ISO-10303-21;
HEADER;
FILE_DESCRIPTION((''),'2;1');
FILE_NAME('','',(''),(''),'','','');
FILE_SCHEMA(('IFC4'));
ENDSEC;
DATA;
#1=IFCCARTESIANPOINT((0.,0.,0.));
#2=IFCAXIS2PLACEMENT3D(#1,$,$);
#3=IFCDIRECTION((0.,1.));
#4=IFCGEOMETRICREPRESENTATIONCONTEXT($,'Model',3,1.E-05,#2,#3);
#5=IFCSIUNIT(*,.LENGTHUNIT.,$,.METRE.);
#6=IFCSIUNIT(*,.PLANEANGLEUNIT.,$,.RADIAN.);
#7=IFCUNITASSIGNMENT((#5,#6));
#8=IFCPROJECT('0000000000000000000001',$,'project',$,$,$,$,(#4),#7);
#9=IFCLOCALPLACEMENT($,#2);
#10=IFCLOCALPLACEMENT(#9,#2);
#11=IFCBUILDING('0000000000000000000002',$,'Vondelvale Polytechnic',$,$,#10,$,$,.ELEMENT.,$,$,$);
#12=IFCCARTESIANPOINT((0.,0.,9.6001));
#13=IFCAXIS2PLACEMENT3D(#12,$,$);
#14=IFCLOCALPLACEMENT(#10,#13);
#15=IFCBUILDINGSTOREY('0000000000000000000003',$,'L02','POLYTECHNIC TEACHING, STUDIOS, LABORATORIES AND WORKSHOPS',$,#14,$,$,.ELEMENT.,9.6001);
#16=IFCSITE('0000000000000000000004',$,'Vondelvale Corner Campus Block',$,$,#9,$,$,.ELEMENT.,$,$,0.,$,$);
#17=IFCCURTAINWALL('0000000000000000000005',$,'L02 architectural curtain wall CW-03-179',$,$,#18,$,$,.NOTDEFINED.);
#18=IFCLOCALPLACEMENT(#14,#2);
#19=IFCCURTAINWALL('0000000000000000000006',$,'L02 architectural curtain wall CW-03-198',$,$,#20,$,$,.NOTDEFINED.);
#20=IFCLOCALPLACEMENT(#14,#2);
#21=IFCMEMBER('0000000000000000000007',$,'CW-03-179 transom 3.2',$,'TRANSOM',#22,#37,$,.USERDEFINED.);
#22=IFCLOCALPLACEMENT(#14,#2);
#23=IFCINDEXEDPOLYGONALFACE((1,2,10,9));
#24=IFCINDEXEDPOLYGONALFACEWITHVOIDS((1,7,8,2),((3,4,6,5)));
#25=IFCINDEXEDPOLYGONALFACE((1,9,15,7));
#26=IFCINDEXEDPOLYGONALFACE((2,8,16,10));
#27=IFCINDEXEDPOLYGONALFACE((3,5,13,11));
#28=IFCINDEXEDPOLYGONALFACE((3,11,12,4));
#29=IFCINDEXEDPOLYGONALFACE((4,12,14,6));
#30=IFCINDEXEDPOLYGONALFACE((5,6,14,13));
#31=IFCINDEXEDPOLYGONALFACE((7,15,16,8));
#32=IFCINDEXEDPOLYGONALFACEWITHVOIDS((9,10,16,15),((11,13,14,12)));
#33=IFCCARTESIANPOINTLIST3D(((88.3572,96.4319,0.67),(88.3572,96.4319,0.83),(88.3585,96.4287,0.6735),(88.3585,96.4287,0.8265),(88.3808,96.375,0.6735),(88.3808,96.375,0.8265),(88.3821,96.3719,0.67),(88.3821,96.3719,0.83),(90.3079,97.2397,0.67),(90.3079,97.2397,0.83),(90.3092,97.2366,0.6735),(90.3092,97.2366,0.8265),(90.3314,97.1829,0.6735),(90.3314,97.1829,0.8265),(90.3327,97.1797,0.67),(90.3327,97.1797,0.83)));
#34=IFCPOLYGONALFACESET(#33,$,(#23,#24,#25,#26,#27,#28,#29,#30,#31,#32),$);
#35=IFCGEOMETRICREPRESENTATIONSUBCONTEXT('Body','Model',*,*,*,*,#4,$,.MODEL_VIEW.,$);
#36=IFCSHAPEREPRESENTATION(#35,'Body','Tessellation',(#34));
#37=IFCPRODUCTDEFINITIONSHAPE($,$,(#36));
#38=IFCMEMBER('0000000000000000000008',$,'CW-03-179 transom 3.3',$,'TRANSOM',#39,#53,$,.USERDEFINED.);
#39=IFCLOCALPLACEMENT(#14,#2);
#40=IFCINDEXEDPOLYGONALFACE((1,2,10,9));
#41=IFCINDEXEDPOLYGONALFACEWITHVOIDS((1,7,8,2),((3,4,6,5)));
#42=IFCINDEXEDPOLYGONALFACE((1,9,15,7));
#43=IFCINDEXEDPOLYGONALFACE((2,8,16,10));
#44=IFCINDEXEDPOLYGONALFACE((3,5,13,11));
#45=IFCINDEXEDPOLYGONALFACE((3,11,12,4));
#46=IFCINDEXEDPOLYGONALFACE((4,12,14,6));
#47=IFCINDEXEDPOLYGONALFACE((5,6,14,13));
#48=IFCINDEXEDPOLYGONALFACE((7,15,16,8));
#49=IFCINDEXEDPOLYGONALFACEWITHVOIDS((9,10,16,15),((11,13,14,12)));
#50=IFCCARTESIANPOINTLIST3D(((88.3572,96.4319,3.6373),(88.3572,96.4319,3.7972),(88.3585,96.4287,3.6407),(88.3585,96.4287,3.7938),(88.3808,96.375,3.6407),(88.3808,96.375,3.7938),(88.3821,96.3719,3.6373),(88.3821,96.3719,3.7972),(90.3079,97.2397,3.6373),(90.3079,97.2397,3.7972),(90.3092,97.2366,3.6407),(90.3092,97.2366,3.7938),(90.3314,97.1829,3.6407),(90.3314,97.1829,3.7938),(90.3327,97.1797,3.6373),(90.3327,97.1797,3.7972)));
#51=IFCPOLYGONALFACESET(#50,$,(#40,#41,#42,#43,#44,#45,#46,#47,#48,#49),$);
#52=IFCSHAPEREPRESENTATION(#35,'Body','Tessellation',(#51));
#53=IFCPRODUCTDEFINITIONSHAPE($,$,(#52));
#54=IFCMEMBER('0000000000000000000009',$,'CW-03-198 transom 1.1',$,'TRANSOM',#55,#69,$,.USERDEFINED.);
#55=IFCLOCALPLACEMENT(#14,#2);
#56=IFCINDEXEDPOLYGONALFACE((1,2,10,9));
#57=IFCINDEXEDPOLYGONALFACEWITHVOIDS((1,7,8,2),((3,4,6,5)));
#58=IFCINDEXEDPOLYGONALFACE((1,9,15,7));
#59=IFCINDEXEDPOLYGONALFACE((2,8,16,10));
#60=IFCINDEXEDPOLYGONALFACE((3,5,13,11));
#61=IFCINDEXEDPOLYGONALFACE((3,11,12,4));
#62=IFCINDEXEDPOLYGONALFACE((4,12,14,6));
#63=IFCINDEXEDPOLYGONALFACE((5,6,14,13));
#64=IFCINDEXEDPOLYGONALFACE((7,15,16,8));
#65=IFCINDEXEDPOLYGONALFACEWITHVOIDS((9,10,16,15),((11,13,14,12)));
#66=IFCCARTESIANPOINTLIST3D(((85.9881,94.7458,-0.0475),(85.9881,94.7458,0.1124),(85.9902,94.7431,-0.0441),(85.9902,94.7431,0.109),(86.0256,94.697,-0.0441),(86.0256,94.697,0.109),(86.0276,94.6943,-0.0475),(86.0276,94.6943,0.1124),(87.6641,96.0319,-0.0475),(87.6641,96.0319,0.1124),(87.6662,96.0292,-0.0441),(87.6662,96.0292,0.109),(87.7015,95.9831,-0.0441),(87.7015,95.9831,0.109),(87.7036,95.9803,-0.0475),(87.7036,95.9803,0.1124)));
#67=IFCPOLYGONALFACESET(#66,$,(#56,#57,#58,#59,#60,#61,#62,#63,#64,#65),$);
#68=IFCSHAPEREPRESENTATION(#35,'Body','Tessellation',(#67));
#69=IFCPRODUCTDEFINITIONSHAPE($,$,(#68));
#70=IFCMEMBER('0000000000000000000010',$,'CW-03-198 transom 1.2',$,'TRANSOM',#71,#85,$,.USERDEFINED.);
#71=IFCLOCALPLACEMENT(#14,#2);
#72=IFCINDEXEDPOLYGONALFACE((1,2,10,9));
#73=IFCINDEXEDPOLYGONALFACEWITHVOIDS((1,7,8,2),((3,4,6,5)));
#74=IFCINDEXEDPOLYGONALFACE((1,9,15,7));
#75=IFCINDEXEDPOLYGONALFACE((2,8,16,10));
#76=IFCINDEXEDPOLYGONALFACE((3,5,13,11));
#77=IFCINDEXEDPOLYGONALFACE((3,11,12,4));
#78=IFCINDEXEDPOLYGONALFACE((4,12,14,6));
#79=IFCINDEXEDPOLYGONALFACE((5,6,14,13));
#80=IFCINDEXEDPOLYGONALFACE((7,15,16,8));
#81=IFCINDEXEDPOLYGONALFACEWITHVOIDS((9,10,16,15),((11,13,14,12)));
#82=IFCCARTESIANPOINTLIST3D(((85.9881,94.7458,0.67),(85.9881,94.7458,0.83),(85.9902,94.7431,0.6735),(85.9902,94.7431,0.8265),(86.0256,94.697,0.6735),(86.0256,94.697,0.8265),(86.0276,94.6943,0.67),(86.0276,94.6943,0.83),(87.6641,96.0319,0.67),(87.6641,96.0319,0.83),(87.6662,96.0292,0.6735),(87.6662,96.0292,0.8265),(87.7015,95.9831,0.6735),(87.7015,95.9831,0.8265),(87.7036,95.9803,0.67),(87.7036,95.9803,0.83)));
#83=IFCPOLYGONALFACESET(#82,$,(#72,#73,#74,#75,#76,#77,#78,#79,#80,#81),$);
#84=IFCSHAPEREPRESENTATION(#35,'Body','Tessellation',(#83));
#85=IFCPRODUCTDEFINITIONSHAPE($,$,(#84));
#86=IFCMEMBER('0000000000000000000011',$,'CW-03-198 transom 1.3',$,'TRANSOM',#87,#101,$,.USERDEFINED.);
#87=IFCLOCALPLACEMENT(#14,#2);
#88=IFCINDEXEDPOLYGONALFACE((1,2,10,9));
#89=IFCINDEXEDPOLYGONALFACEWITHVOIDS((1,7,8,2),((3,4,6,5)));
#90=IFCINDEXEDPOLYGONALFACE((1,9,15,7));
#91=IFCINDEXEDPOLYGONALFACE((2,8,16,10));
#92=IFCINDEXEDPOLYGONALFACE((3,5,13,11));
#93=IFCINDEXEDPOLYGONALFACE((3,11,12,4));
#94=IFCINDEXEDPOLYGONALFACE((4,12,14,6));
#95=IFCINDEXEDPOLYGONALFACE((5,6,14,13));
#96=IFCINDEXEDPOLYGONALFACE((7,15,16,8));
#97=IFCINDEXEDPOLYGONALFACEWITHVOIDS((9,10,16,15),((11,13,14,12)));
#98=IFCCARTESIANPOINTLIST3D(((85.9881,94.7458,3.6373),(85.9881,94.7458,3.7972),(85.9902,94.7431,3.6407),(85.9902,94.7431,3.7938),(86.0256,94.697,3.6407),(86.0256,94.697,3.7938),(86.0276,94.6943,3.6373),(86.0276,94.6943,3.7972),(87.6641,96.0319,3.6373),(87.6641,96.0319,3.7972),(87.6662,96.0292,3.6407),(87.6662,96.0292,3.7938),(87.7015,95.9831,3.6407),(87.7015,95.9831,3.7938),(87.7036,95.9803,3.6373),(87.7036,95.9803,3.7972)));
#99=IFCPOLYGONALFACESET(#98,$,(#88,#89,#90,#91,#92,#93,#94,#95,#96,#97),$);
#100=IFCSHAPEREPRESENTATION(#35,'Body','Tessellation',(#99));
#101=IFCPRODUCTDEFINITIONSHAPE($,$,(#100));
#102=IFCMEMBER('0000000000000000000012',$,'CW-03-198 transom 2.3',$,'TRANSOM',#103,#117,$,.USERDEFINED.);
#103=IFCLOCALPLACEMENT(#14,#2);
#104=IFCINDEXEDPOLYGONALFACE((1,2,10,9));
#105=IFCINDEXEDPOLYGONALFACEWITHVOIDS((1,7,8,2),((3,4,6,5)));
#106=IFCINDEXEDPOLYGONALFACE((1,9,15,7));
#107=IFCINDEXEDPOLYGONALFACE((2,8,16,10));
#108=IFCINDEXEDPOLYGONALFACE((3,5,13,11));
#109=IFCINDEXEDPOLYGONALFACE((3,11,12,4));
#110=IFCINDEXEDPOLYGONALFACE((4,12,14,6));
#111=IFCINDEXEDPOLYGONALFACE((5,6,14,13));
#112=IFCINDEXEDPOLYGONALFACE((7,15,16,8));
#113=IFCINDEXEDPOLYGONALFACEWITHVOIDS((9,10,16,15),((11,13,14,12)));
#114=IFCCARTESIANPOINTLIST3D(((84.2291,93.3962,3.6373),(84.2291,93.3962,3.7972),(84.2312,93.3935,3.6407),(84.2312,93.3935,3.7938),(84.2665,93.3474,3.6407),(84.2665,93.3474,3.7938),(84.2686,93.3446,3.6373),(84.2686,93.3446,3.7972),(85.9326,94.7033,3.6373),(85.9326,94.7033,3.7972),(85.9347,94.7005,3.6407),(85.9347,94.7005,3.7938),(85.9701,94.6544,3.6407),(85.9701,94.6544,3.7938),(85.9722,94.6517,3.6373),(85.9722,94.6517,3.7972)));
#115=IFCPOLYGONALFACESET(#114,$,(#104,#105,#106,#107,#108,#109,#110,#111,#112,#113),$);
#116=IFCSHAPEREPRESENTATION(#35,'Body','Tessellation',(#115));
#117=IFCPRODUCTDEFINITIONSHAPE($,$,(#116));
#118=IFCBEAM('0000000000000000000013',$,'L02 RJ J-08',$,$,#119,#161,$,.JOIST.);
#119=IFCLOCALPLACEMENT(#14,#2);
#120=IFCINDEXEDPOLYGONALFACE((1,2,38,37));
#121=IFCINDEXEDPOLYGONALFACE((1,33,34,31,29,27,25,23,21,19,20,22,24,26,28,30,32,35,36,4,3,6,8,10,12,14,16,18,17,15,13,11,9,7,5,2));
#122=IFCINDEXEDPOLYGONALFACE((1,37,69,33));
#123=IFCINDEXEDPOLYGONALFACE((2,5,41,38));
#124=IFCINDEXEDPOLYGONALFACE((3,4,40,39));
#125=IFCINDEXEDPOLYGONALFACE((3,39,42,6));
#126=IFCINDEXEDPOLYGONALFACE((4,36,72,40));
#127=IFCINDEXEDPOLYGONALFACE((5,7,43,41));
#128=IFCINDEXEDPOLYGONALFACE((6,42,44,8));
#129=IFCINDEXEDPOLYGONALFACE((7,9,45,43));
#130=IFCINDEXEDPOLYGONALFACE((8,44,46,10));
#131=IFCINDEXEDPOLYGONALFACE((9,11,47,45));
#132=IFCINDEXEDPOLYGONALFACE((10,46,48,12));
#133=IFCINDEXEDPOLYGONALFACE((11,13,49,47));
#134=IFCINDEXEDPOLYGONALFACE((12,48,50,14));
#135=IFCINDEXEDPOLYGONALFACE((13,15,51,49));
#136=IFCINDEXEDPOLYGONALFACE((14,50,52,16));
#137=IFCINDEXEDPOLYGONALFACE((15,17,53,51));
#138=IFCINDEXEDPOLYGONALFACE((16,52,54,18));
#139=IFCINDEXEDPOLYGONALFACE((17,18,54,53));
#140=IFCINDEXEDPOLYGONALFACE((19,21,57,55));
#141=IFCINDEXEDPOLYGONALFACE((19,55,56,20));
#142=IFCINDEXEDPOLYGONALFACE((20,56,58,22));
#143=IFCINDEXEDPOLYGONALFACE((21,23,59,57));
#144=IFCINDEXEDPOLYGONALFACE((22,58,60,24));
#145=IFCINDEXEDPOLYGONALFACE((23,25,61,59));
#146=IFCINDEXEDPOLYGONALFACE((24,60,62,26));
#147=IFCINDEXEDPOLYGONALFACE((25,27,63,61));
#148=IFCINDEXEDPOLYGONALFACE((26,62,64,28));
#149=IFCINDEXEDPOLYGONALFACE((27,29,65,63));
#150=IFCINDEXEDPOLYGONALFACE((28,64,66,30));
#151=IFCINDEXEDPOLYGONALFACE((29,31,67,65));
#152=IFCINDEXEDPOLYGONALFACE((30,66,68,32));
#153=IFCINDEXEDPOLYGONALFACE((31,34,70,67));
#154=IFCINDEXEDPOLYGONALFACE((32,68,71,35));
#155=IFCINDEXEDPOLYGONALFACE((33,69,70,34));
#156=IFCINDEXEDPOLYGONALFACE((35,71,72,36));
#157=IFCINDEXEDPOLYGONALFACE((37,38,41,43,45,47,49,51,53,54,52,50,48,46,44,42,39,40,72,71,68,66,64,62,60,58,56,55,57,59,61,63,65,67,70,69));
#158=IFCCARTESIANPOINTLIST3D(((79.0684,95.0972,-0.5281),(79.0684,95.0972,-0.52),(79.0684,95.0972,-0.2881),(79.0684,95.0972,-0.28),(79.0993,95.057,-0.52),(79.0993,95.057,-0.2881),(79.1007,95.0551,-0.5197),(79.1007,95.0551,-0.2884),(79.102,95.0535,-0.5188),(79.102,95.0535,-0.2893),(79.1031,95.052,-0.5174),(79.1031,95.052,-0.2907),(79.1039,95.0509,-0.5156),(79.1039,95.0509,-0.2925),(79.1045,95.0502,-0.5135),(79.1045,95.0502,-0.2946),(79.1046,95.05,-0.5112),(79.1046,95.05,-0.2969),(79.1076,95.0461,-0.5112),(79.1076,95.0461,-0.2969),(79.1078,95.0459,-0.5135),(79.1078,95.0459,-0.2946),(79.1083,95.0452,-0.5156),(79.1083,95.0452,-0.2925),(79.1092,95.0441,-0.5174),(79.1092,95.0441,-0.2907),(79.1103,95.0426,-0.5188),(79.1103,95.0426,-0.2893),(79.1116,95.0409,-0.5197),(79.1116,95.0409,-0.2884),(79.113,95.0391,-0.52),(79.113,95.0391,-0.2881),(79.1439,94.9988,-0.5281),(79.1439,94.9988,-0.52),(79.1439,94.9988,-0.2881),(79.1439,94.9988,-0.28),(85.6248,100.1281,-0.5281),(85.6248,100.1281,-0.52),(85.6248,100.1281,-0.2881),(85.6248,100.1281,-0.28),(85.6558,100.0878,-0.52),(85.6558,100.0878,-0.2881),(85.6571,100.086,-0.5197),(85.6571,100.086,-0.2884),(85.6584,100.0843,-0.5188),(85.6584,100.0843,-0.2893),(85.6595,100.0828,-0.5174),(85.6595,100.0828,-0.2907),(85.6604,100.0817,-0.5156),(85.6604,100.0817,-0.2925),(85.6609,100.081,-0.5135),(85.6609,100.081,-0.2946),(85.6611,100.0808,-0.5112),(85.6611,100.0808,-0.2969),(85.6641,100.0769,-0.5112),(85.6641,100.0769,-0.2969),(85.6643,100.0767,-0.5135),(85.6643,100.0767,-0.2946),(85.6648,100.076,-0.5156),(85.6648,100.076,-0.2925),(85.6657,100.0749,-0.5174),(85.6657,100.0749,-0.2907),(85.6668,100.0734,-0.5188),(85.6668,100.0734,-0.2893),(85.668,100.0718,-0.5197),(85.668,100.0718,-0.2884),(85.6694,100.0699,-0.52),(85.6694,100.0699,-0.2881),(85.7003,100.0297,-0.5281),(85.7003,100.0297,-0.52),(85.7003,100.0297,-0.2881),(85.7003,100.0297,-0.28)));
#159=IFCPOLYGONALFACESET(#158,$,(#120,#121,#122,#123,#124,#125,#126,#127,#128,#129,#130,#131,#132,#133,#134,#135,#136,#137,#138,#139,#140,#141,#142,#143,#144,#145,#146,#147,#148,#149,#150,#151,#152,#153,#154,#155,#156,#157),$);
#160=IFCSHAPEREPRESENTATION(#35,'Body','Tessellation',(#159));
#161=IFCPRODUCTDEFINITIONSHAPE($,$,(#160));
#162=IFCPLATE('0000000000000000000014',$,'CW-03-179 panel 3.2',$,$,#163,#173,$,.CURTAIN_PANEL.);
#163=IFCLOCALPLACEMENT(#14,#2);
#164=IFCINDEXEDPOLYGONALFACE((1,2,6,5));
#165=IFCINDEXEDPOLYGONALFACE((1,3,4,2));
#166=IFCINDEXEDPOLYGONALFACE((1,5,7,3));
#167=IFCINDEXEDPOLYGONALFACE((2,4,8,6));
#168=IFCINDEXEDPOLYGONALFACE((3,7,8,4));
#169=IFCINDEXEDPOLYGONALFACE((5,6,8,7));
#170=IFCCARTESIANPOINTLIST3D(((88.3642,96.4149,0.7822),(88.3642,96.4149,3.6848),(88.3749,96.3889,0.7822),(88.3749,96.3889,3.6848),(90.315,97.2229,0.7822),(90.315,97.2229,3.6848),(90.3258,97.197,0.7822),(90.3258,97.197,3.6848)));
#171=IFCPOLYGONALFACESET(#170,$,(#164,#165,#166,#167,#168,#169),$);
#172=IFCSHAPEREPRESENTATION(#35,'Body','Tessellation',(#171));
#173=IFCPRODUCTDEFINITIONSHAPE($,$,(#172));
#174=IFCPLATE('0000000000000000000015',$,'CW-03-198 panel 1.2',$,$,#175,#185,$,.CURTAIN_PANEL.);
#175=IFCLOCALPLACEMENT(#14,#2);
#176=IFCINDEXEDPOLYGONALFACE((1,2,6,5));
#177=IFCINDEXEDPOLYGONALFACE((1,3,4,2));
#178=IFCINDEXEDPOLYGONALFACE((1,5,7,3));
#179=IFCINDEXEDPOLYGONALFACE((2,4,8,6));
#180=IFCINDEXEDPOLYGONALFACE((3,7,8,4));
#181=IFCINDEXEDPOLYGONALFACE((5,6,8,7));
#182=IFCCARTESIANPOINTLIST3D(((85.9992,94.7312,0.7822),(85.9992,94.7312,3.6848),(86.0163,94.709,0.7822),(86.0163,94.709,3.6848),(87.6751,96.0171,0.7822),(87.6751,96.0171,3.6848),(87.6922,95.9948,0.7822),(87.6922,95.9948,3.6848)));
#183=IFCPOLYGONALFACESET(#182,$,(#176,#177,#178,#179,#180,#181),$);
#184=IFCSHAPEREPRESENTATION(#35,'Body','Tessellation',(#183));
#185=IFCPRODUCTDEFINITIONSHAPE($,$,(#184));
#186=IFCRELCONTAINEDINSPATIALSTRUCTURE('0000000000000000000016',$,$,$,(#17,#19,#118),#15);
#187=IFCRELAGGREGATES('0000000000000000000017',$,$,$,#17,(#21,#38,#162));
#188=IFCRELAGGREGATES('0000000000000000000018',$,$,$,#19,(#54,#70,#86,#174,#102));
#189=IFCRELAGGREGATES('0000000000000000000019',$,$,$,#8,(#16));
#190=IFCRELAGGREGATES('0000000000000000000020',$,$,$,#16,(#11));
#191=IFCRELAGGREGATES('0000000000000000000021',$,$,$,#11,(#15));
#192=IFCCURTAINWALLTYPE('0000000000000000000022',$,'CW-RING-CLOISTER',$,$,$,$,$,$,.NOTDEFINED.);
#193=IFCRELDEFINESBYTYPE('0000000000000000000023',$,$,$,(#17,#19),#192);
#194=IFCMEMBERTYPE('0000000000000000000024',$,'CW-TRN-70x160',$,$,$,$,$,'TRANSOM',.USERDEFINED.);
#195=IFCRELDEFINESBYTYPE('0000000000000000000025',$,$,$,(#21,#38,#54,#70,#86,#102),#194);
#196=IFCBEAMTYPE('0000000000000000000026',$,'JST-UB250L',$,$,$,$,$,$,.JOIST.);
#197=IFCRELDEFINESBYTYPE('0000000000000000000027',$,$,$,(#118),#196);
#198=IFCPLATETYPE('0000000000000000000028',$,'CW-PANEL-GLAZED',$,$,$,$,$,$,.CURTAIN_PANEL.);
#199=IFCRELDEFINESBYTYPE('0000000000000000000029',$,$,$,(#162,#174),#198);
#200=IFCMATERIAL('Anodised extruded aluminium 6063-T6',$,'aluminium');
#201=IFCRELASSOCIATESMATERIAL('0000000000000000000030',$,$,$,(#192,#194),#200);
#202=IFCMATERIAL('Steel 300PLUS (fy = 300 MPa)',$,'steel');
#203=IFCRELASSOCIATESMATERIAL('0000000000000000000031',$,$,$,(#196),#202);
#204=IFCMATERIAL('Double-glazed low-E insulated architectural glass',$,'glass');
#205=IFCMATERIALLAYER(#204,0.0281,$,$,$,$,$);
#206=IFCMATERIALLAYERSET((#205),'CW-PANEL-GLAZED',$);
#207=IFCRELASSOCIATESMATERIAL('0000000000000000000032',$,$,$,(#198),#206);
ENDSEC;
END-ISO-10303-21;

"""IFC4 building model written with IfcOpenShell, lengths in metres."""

from ifc_helpers import new_model, si_unit, direction, frame, origin, origin_2d, place, context, subcontext, project, spatial, rectangle, hollow_rectangle, i_section, extrude, material, layer, layer_set, material_profile, profile_set, type_object, element, aggregate, save


model = new_model("IFC4")

# Units and contexts
model_context = context("Model", 3, precision=1e-05, world=origin(), true_north=direction((0.0, 1.0)))
body_context = subcontext(model_context, "Body", "Model", "MODEL_VIEW")
ifc_project = project(units=[si_unit("LENGTHUNIT", "METRE"), si_unit("PLANEANGLEUNIT", "RADIAN")], contexts=[model_context])

# Site, building, storey
site_placement = place(None, origin())
site = spatial("IfcSite", under=ifc_project, at=site_placement, Name="Vondelvale Corner Campus Block", CompositionType="ELEMENT", RefElevation=0.0)
building_placement = place(site_placement, origin())
building = spatial("IfcBuilding", under=site, at=building_placement, Name="Vondelvale Polytechnic", CompositionType="ELEMENT")
storey_placement = place(building_placement, frame((0.0, 0.0, 9.6001)))
storey = spatial("IfcBuildingStorey", under=building, at=storey_placement, Name="L02", Description="POLYTECHNIC TEACHING, STUDIOS, LABORATORIES AND WORKSHOPS", CompositionType="ELEMENT", Elevation=9.6001)

# Shared definitions
ifc_material_1 = material(Name="Steel 300PLUS (fy = 300 MPa)", Category="steel")

# Curtain walls
ifc_material_2 = material(Name="Anodised extruded aluminium 6063-T6", Category="aluminium")
curtain_wall_type = type_object("IfcCurtainWallType", Name="CW-RING-CLOISTER", PredefinedType="NOTDEFINED", material=ifc_material_2)
curtain_wall_1_placement = place(storey_placement, origin())
curtain_wall_1 = element("IfcCurtainWall", 1, at=curtain_wall_1_placement, inside=storey, type_object=curtain_wall_type, Name="L02 architectural curtain wall CW-03-179", PredefinedType="NOTDEFINED")
curtain_wall_2_placement = place(storey_placement, origin())
curtain_wall_2 = element("IfcCurtainWall", 2, at=curtain_wall_2_placement, inside=storey, type_object=curtain_wall_type, Name="L02 architectural curtain wall CW-03-198", PredefinedType="NOTDEFINED")

# Members
ifc_material_profile_1 = material_profile(ifc_material_2, hollow_rectangle(XDim=0.0649, YDim=0.1599, WallThickness=0.0034, at=origin_2d()), Name="CW-TRN-160x65")
ifc_profile_set_1 = profile_set([ifc_material_profile_1], Name="Anodised extruded aluminium 6063-T6")
member_type_1 = type_object("IfcMemberType", Name="CW-TRN-70x160", ElementType="TRANSOM", PredefinedType="USERDEFINED", material=ifc_profile_set_1)
member_1_placement = place(storey_placement, frame((90.3203, 97.2097, 0.75), z_axis=(-0.923903, -0.382628, 0.0), x_axis=(0.382628, -0.923903, 0.0)))
member_1 = element("IfcMember", 3, at=member_1_placement, type_object=member_type_1, Name="CW-03-179 transom 3.2", ObjectType="TRANSOM", PredefinedType="USERDEFINED", context=body_context, shape_type="SweptSolid", body=[
    extrude(hollow_rectangle(XDim=0.0649, YDim=0.1599, WallThickness=0.0034, at=origin_2d()), origin(), (0.0, 0.0, 1.0), 2.1113),
])
member_2_placement = place(storey_placement, frame((90.3203, 97.2097, 3.7173), z_axis=(-0.923903, -0.382628, 0.0), x_axis=(0.382628, -0.923903, 0.0)))
member_2 = element("IfcMember", 4, at=member_2_placement, type_object=member_type_1, Name="CW-03-179 transom 3.3", ObjectType="TRANSOM", PredefinedType="USERDEFINED", context=body_context, shape_type="SweptSolid", body=[
    extrude(hollow_rectangle(XDim=0.0649, YDim=0.1599, WallThickness=0.0034, at=origin_2d()), origin(), (0.0, 0.0, 1.0), 2.1113),
])
member_3_placement = place(storey_placement, frame((87.6838, 96.0061, 0.0325), z_axis=(-0.793337, -0.608783, 0.0), x_axis=(0.608783, -0.793337, 0.0)))
member_3 = element("IfcMember", 5, at=member_3_placement, type_object=member_type_1, Name="CW-03-198 transom 1.1", ObjectType="TRANSOM", PredefinedType="USERDEFINED", context=body_context, shape_type="SweptSolid", body=[
    extrude(hollow_rectangle(XDim=0.0649, YDim=0.1599, WallThickness=0.0034, at=origin_2d()), origin(), (0.0, 0.0, 1.0), 2.1125),
])
member_4_placement = place(storey_placement, frame((87.6838, 96.0061, 0.75), z_axis=(-0.793337, -0.608783, 0.0), x_axis=(0.608783, -0.793337, 0.0)))
member_4 = element("IfcMember", 6, at=member_4_placement, type_object=member_type_1, Name="CW-03-198 transom 1.2", ObjectType="TRANSOM", PredefinedType="USERDEFINED", context=body_context, shape_type="SweptSolid", body=[
    extrude(hollow_rectangle(XDim=0.0649, YDim=0.1599, WallThickness=0.0034, at=origin_2d()), origin(), (0.0, 0.0, 1.0), 2.1125),
])
member_5_placement = place(storey_placement, frame((87.6838, 96.0061, 3.7173), z_axis=(-0.793337, -0.608783, 0.0), x_axis=(0.608783, -0.793337, 0.0)))
member_5 = element("IfcMember", 7, at=member_5_placement, type_object=member_type_1, Name="CW-03-198 transom 1.3", ObjectType="TRANSOM", PredefinedType="USERDEFINED", context=body_context, shape_type="SweptSolid", body=[
    extrude(hollow_rectangle(XDim=0.0649, YDim=0.1599, WallThickness=0.0034, at=origin_2d()), origin(), (0.0, 0.0, 1.0), 2.1125),
])
member_6_placement = place(storey_placement, frame((85.9524, 94.6775, 3.7173), z_axis=(-0.793376, -0.608732, 0.0), x_axis=(0.608732, -0.793376, 0.0)))
member_6 = element("IfcMember", 8, at=member_6_placement, type_object=member_type_1, Name="CW-03-198 transom 2.3", ObjectType="TRANSOM", PredefinedType="USERDEFINED", context=body_context, shape_type="SweptSolid", body=[
    extrude(hollow_rectangle(XDim=0.0649, YDim=0.1599, WallThickness=0.0034, at=origin_2d()), origin(), (0.0, 0.0, 1.0), 2.1472),
])

# Beam
ifc_material_profile_2 = material_profile(ifc_material_1, i_section(OverallWidth=0.124, OverallDepth=0.248, WebThickness=0.0049, FlangeThickness=0.0081, FilletRadius=0.0088, at=origin_2d()), Name="250UB25.7")
ifc_profile_set_2 = profile_set([ifc_material_profile_2], Name="Steel 300PLUS (fy = 300 MPa)")
beam_type_1 = type_object("IfcBeamType", Name="JST-UB250L", PredefinedType="JOIST", material=ifc_profile_set_2)
beam_1_placement = place(storey_placement, frame((85.6626, 100.0789, -0.4041), z_axis=(-0.793361, -0.608751, 0.0), x_axis=(0.608751, -0.793361, 0.0)))
element("IfcBeam", 9, at=beam_1_placement, inside=storey, type_object=beam_type_1, Name="L02 RJ J-08", PredefinedType="JOIST", context=body_context, shape_type="SweptSolid", body=[
    extrude(i_section(OverallWidth=0.124, OverallDepth=0.248, WebThickness=0.0049, FlangeThickness=0.0081, FilletRadius=0.0088, at=origin_2d()), origin(), (0.0, 0.0, 1.0), 8.2642),
])

# Plates
ifc_material_3 = material(Name="Double-glazed low-E insulated architectural glass", Category="glass")
ifc_layer_1 = layer(ifc_material_3, 0.0281)
ifc_layer_set_1 = layer_set([ifc_layer_1], Name="CW-PANEL-GLAZED")
plate_type_1 = type_object("IfcPlateType", Name="CW-PANEL-GLAZED", PredefinedType="CURTAIN_PANEL", material=ifc_layer_set_1)
plate_1_placement = place(storey_placement, frame((89.345, 96.8059, 0.7822), z_axis=(0.0, 0.0, 1.0), x_axis=(-0.923882, -0.382679, 0.0)))
plate_1 = element("IfcPlate", 10, at=plate_1_placement, type_object=plate_type_1, Name="CW-03-179 panel 3.2", PredefinedType="CURTAIN_PANEL", context=body_context, shape_type="SweptSolid", body=[
    extrude(rectangle(XDim=2.1116, YDim=0.0281, at=origin_2d()), origin(), (0.0, 0.0, 1.0), 2.9026),
])
plate_2_placement = place(storey_placement, frame((86.8457, 95.363, 0.7822), z_axis=(0.0, 0.0, 1.0), x_axis=(-0.793364, -0.608748, 0.0)))
plate_2 = element("IfcPlate", 11, at=plate_2_placement, type_object=plate_type_1, Name="CW-03-198 panel 1.2", PredefinedType="CURTAIN_PANEL", context=body_context, shape_type="SweptSolid", body=[
    extrude(rectangle(XDim=2.1123, YDim=0.0281, at=origin_2d()), origin(), (0.0, 0.0, 1.0), 2.9026),
])
aggregate(curtain_wall_1, [member_1, member_2, plate_1])
aggregate(curtain_wall_2, [member_3, member_4, member_5, plate_2, member_6])

save(model, "model.ifc")
